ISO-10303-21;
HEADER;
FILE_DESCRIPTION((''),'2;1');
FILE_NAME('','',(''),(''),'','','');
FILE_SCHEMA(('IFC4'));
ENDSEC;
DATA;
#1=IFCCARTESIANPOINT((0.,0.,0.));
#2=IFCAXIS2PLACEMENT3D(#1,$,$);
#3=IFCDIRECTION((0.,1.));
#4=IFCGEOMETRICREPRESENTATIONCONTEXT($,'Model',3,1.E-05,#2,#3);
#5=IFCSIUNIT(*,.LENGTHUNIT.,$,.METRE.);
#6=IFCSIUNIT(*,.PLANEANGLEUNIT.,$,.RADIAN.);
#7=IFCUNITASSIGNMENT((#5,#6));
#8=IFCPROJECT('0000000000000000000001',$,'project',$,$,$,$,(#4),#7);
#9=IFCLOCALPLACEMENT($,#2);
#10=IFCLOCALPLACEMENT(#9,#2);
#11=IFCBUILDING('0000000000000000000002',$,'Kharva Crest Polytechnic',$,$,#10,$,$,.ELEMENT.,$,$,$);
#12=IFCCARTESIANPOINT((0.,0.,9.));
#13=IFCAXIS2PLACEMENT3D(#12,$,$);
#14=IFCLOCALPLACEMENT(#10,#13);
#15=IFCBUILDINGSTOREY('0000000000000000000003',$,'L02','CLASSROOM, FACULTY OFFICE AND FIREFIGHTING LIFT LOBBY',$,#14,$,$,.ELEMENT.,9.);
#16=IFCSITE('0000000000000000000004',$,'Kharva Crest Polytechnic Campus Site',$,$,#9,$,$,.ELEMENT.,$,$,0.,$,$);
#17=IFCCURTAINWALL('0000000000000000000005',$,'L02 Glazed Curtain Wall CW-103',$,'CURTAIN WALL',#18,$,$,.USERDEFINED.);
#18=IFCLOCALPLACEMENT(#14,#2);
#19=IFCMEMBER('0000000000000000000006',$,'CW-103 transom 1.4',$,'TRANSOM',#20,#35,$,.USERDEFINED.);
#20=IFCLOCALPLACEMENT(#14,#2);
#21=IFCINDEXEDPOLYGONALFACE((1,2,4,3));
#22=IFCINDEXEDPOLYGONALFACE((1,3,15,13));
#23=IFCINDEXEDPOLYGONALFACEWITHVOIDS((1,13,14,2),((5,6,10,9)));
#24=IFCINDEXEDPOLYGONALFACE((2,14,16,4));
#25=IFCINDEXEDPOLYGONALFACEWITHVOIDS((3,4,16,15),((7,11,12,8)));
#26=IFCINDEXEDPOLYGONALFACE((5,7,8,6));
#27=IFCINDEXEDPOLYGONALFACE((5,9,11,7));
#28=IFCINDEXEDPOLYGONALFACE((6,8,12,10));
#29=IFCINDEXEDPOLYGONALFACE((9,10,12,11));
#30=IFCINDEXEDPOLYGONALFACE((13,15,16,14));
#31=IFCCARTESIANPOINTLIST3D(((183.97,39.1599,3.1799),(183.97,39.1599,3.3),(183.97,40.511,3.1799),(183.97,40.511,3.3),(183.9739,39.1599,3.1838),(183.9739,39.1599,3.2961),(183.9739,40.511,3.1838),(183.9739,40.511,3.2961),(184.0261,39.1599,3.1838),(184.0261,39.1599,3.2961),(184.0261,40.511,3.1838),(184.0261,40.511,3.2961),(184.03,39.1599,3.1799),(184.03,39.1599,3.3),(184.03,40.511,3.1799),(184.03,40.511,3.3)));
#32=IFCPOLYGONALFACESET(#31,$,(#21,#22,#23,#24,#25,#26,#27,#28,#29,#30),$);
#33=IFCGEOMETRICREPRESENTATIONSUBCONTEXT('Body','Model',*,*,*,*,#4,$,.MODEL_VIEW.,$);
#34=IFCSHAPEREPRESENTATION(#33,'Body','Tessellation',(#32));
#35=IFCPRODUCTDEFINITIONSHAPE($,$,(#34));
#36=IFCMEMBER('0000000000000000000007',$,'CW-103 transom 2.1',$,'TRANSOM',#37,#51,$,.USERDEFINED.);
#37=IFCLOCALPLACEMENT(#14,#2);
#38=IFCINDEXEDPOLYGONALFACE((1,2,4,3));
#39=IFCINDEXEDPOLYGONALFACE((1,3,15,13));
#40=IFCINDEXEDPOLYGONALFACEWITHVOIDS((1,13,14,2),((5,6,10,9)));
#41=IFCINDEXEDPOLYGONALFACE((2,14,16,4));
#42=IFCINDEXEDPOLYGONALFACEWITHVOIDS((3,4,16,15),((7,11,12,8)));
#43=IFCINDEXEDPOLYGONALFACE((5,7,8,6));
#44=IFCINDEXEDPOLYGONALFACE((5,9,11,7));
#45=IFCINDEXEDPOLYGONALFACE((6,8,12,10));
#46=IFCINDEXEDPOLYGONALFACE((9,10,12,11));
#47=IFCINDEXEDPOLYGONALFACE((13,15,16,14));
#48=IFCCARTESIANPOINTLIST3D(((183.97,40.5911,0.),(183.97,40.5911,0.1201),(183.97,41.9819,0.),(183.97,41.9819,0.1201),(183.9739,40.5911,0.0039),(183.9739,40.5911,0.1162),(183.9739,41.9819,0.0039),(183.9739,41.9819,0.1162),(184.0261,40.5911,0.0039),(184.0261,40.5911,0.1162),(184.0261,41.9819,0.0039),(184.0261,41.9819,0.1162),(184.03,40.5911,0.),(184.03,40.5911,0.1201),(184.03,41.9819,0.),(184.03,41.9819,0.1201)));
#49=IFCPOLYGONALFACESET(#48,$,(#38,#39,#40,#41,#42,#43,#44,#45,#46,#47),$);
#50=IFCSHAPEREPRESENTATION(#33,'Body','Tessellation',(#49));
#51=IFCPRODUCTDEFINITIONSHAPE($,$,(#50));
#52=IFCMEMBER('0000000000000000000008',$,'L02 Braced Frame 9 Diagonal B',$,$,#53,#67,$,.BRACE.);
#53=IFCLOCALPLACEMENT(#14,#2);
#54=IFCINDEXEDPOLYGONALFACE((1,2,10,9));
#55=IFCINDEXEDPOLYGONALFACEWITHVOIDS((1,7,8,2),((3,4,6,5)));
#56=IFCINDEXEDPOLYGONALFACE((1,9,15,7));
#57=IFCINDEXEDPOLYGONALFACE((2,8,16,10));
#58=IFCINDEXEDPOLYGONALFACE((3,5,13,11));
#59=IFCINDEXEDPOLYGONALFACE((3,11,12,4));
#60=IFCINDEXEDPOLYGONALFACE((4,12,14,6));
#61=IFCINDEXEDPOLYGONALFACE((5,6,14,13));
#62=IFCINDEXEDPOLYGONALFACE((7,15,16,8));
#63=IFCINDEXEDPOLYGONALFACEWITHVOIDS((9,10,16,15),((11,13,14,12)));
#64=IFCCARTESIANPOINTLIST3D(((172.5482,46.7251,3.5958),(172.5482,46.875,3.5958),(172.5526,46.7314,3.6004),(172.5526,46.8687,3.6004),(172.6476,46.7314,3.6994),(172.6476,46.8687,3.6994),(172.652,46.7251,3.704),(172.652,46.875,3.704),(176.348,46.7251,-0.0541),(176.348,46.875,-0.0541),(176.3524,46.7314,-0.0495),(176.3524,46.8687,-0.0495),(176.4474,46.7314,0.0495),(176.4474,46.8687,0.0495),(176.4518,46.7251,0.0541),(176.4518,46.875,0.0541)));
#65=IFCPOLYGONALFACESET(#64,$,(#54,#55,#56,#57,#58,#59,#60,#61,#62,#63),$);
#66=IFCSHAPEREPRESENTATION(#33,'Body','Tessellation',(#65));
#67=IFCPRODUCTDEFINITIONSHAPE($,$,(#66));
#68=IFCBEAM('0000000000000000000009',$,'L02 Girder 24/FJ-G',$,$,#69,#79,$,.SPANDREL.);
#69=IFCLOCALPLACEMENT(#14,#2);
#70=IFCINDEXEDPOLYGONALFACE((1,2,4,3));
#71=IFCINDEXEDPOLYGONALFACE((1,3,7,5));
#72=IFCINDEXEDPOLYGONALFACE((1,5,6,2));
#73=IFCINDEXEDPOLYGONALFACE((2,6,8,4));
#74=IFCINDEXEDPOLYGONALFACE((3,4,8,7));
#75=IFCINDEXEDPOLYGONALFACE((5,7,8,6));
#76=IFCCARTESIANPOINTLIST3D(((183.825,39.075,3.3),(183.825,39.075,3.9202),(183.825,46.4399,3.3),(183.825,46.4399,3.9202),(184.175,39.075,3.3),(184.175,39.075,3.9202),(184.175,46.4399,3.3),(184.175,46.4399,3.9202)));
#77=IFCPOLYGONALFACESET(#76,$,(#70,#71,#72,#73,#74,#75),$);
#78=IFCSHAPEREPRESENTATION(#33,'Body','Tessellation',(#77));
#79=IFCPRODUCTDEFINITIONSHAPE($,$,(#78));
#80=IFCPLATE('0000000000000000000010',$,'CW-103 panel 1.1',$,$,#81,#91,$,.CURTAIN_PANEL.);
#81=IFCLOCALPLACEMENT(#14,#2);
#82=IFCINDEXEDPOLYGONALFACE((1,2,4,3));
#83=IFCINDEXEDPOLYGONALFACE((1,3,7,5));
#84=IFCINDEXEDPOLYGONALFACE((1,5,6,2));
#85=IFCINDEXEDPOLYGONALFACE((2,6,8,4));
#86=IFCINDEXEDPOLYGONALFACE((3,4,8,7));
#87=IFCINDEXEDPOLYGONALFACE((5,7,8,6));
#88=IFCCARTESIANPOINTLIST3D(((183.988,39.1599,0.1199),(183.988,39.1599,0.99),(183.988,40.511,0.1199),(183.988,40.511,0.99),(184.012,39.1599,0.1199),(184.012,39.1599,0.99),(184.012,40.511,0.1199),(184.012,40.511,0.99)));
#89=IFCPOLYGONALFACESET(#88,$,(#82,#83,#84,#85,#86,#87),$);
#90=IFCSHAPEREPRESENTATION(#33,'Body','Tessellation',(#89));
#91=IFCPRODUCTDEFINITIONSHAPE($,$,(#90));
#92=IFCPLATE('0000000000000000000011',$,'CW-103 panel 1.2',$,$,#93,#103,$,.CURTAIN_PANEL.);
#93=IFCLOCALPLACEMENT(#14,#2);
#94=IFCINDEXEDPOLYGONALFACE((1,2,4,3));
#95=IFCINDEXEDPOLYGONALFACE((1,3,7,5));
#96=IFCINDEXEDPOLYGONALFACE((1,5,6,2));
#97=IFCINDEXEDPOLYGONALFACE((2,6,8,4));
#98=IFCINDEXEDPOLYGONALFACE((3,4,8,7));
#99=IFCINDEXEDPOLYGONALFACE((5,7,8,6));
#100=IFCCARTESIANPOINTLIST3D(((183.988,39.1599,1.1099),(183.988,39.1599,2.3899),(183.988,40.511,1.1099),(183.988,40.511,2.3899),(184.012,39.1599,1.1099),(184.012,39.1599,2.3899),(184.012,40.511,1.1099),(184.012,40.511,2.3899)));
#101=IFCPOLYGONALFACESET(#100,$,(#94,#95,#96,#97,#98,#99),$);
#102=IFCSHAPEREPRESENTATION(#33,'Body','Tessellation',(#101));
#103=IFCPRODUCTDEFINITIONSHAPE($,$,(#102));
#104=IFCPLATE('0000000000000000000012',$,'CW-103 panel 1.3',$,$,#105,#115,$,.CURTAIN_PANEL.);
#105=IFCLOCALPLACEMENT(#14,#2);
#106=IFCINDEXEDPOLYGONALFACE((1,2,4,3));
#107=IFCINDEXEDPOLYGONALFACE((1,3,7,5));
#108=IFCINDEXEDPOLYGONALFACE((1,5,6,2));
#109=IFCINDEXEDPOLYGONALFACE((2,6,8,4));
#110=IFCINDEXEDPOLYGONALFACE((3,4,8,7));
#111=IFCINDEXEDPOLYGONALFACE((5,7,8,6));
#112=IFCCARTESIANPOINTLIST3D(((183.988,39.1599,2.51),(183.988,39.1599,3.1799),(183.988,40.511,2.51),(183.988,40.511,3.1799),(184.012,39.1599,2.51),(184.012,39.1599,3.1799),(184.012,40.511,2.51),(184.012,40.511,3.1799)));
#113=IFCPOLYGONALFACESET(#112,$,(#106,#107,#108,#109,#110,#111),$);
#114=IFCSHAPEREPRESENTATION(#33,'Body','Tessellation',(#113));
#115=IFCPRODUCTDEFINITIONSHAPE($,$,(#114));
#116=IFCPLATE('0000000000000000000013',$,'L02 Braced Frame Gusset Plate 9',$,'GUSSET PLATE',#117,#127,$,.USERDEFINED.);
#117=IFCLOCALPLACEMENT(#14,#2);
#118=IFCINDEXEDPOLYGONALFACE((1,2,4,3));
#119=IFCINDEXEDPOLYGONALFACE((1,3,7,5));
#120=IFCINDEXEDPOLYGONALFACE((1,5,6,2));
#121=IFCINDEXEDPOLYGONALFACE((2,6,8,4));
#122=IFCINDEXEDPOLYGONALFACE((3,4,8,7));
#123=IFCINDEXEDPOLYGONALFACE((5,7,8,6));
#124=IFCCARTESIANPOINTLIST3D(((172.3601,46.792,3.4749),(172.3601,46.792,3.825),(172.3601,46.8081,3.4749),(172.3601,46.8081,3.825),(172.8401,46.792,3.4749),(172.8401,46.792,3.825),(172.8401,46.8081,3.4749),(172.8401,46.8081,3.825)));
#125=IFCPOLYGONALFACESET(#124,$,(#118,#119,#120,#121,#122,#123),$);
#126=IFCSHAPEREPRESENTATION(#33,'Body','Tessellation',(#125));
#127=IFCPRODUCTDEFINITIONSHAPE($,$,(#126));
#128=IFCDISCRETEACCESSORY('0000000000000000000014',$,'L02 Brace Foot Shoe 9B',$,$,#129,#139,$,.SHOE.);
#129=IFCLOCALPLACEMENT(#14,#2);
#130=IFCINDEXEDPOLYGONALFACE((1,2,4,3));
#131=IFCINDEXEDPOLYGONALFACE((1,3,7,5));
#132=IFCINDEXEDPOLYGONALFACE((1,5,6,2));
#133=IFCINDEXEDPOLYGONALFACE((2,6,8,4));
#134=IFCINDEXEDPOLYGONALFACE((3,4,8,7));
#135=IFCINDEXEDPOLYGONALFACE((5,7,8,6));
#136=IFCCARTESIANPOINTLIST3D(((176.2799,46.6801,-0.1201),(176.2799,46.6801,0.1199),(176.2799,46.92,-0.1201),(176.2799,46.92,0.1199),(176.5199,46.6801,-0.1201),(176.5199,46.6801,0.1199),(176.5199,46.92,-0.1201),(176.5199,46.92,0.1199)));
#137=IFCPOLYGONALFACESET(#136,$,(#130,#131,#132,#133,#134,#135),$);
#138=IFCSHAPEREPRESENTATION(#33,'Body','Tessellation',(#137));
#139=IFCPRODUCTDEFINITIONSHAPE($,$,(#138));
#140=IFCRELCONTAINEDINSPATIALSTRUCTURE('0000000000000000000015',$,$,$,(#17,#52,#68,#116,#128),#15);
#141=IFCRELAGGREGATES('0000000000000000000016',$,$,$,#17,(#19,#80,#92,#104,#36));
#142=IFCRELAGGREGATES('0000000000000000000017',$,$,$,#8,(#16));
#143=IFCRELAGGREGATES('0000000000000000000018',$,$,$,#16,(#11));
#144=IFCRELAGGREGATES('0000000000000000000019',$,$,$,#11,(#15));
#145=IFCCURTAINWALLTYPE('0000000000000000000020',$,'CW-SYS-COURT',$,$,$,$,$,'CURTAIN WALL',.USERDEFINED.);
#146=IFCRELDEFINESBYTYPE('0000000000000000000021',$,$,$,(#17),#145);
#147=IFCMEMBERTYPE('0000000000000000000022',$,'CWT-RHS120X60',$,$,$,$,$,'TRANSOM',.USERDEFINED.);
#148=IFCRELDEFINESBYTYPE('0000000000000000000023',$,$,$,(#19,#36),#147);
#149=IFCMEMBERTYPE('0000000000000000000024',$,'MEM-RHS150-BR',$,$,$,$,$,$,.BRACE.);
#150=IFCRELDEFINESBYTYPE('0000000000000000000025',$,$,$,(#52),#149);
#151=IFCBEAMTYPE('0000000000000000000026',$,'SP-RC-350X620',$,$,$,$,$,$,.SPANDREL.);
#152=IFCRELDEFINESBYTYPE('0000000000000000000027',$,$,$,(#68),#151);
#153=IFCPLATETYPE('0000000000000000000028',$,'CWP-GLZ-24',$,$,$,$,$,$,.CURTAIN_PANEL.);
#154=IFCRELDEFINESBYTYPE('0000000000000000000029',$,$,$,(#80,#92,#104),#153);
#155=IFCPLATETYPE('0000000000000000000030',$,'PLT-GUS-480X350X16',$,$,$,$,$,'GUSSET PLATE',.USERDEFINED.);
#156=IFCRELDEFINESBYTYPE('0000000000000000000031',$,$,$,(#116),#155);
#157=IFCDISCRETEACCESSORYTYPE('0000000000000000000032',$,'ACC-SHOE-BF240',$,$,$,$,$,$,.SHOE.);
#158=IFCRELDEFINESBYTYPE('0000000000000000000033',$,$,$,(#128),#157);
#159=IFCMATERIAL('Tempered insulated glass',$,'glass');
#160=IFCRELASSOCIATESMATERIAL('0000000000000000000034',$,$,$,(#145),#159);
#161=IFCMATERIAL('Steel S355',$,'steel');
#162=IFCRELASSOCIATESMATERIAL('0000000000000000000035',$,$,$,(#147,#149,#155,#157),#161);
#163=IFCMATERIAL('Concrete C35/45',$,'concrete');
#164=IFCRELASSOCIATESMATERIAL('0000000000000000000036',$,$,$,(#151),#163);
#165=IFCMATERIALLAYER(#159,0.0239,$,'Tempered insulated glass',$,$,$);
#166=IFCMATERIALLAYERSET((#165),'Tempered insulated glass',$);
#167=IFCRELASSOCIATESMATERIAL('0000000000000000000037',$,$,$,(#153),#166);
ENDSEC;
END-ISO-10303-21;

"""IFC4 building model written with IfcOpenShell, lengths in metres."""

from ifc_helpers import new_model, si_unit, direction, frame, origin, origin_2d, place, context, subcontext, project, spatial, rectangle, hollow_rectangle, extrude, material, layer, layer_set, material_profile, profile_set, type_object, element, aggregate, save


model = new_model("IFC4")

# Units and contexts
model_context = context("Model", 3, precision=1e-05, world=origin(), true_north=direction((0.0, 1.0)))
body_context = subcontext(model_context, "Body", "Model", "MODEL_VIEW")
ifc_project = project(units=[si_unit("LENGTHUNIT", "METRE"), si_unit("PLANEANGLEUNIT", "RADIAN")], contexts=[model_context])

# Site, building, storey
site_placement = place(None, origin())
site = spatial("IfcSite", under=ifc_project, at=site_placement, Name="Kharva Crest Polytechnic Campus Site", CompositionType="ELEMENT", RefElevation=0.0)
building_placement = place(site_placement, origin())
building = spatial("IfcBuilding", under=site, at=building_placement, Name="Kharva Crest Polytechnic", CompositionType="ELEMENT")
storey_placement = place(building_placement, frame((0.0, 0.0, 9.0)))
storey = spatial("IfcBuildingStorey", under=building, at=storey_placement, Name="L02", Description="CLASSROOM, FACULTY OFFICE AND FIREFIGHTING LIFT LOBBY", CompositionType="ELEMENT", Elevation=9.0)

# Shared definitions
ifc_material_1 = material(Name="Concrete C35/45", Category="concrete")

# Curtain wall, members
ifc_material_2 = material(Name="Tempered insulated glass", Category="glass")
curtain_wall_type = type_object("IfcCurtainWallType", Name="CW-SYS-COURT", ElementType="CURTAIN WALL", PredefinedType="USERDEFINED", material=ifc_material_2)
curtain_wall_placement = place(storey_placement, origin())
curtain_wall = element("IfcCurtainWall", 1, at=curtain_wall_placement, inside=storey, type_object=curtain_wall_type, Name="L02 Glazed Curtain Wall CW-103", ObjectType="CURTAIN WALL", PredefinedType="USERDEFINED")
ifc_material_3 = material(Name="Steel S355", Category="steel")
ifc_material_profile_1 = material_profile(ifc_material_3, hollow_rectangle(XDim=0.0601, YDim=0.1201, WallThickness=0.0039, at=origin_2d()), Name="RHS 120X60X4.0")
ifc_profile_set_1 = profile_set([ifc_material_profile_1], Name="Steel S355")
member_type_1 = type_object("IfcMemberType", Name="CWT-RHS120X60", ElementType="TRANSOM", PredefinedType="USERDEFINED", material=ifc_profile_set_1)
member_1_placement = place(storey_placement, frame((184.0, 39.1599, 3.24), z_axis=(0.0, 1.0, 0.0), x_axis=(-1.0, 0.0, 0.0)))
member_1 = element("IfcMember", 2, at=member_1_placement, type_object=member_type_1, Name="CW-103 transom 1.4", ObjectType="TRANSOM", PredefinedType="USERDEFINED", context=body_context, shape_type="SweptSolid", body=[
    extrude(hollow_rectangle(XDim=0.0601, YDim=0.1201, WallThickness=0.0039, at=origin_2d()), origin(), (0.0, 0.0, 1.0), 1.3511),
])
member_2_placement = place(storey_placement, frame((184.0, 40.5911, 0.0601), z_axis=(0.0, 1.0, 0.0), x_axis=(-1.0, 0.0, 0.0)))
member_2 = element("IfcMember", 3, at=member_2_placement, type_object=member_type_1, Name="CW-103 transom 2.1", ObjectType="TRANSOM", PredefinedType="USERDEFINED", context=body_context, shape_type="SweptSolid", body=[
    extrude(hollow_rectangle(XDim=0.0601, YDim=0.1201, WallThickness=0.0039, at=origin_2d()), origin(), (0.0, 0.0, 1.0), 1.3909),
])

# Member
ifc_material_profile_2 = material_profile(ifc_material_3, hollow_rectangle(XDim=0.1499, YDim=0.1499, WallThickness=0.0063, at=origin_2d()), Name="RHS 150X150X6.3")
ifc_profile_set_2 = profile_set([ifc_material_profile_2], Name="Steel S355")
member_type_2 = type_object("IfcMemberType", Name="MEM-RHS150-BR", PredefinedType="BRACE", material=ifc_profile_set_2)
member_3_placement = place(storey_placement, frame((176.3999, 46.8, 0.0), z_axis=(-0.721189, 0.0, 0.692738), x_axis=(0.0, -1.0, 0.0)))
element("IfcMember", 4, at=member_3_placement, inside=storey, type_object=member_type_2, Name="L02 Braced Frame 9 Diagonal B", PredefinedType="BRACE", context=body_context, shape_type="SweptSolid", body=[
    extrude(hollow_rectangle(XDim=0.1499, YDim=0.1499, WallThickness=0.0063, at=origin_2d()), origin(), (0.0, 0.0, 1.0), 5.2688),
])

# Beam
ifc_material_profile_3 = material_profile(ifc_material_1, rectangle(XDim=0.3501, YDim=0.6201, at=origin_2d()), Name="RECT 350 X 620")
ifc_profile_set_3 = profile_set([ifc_material_profile_3], Name="Concrete C35/45")
beam_type_1 = type_object("IfcBeamType", Name="SP-RC-350X620", PredefinedType="SPANDREL", material=ifc_profile_set_3)
beam_1_placement = place(storey_placement, frame((184.0, 39.075, 3.6101), z_axis=(0.0, 1.0, 0.0), x_axis=(-1.0, 0.0, 0.0)))
element("IfcBeam", 5, at=beam_1_placement, inside=storey, type_object=beam_type_1, Name="L02 Girder 24/FJ-G", PredefinedType="SPANDREL", context=body_context, shape_type="SweptSolid", body=[
    extrude(rectangle(XDim=0.3501, YDim=0.6201, at=origin_2d()), origin(), (0.0, 0.0, 1.0), 7.365),
])

# Plates
ifc_layer = layer(ifc_material_2, 0.0239, Name="Tempered insulated glass")
ifc_layer_set = layer_set([ifc_layer], Name="Tempered insulated glass")
plate_type_1 = type_object("IfcPlateType", Name="CWP-GLZ-24", PredefinedType="CURTAIN_PANEL", material=ifc_layer_set)
plate_1_placement = place(storey_placement, frame((184.0, 39.8354, 0.1199), z_axis=(0.0, 0.0, 1.0), x_axis=(0.0, 1.0, 0.0)))
plate_1 = element("IfcPlate", 6, at=plate_1_placement, type_object=plate_type_1, Name="CW-103 panel 1.1", PredefinedType="CURTAIN_PANEL", context=body_context, shape_type="SweptSolid", body=[
    extrude(rectangle(XDim=1.3511, YDim=0.0239, at=origin_2d()), origin(), (0.0, 0.0, 1.0), 0.8701),
])
plate_2_placement = place(storey_placement, frame((184.0, 39.8354, 1.1099), z_axis=(0.0, 0.0, 1.0), x_axis=(0.0, 1.0, 0.0)))
plate_2 = element("IfcPlate", 7, at=plate_2_placement, type_object=plate_type_1, Name="CW-103 panel 1.2", PredefinedType="CURTAIN_PANEL", context=body_context, shape_type="SweptSolid", body=[
    extrude(rectangle(XDim=1.3511, YDim=0.0239, at=origin_2d()), origin(), (0.0, 0.0, 1.0), 1.28),
])
plate_3_placement = place(storey_placement, frame((184.0, 39.8354, 2.51), z_axis=(0.0, 0.0, 1.0), x_axis=(0.0, 1.0, 0.0)))
plate_3 = element("IfcPlate", 8, at=plate_3_placement, type_object=plate_type_1, Name="CW-103 panel 1.3", PredefinedType="CURTAIN_PANEL", context=body_context, shape_type="SweptSolid", body=[
    extrude(rectangle(XDim=1.3511, YDim=0.0239, at=origin_2d()), origin(), (0.0, 0.0, 1.0), 0.6699),
])
aggregate(curtain_wall, [member_1, plate_1, plate_2, plate_3, member_2])
plate_type_2 = type_object("IfcPlateType", Name="PLT-GUS-480X350X16", ElementType="GUSSET PLATE", PredefinedType="USERDEFINED", material=ifc_material_3)
plate_4_placement = place(storey_placement, frame((172.6001, 46.8, 3.4749), z_axis=(0.0, 0.0, 1.0), x_axis=(1.0, 0.0, 0.0)))
element("IfcPlate", 9, at=plate_4_placement, inside=storey, type_object=plate_type_2, Name="L02 Braced Frame Gusset Plate 9", ObjectType="GUSSET PLATE", PredefinedType="USERDEFINED", context=body_context, shape_type="SweptSolid", body=[
    extrude(rectangle(XDim=0.48, YDim=0.0161, at=origin_2d()), origin(), (0.0, 0.0, 1.0), 0.3501),
])

# Discrete accessory
discrete_accessory_type = type_object("IfcDiscreteAccessoryType", Name="ACC-SHOE-BF240", PredefinedType="SHOE", material=ifc_material_3)
discrete_accessory_placement = place(storey_placement, frame((176.3999, 46.8, -0.1201), z_axis=(0.0, 0.0, 1.0), x_axis=(1.0, 0.0, 0.0)))
element("IfcDiscreteAccessory", 10, at=discrete_accessory_placement, inside=storey, type_object=discrete_accessory_type, Name="L02 Brace Foot Shoe 9B", PredefinedType="SHOE", context=body_context, shape_type="SweptSolid", body=[
    extrude(rectangle(XDim=0.24, YDim=0.24, at=origin_2d()), origin(), (0.0, 0.0, 1.0), 0.24),
])

save(model, "model.ifc")
